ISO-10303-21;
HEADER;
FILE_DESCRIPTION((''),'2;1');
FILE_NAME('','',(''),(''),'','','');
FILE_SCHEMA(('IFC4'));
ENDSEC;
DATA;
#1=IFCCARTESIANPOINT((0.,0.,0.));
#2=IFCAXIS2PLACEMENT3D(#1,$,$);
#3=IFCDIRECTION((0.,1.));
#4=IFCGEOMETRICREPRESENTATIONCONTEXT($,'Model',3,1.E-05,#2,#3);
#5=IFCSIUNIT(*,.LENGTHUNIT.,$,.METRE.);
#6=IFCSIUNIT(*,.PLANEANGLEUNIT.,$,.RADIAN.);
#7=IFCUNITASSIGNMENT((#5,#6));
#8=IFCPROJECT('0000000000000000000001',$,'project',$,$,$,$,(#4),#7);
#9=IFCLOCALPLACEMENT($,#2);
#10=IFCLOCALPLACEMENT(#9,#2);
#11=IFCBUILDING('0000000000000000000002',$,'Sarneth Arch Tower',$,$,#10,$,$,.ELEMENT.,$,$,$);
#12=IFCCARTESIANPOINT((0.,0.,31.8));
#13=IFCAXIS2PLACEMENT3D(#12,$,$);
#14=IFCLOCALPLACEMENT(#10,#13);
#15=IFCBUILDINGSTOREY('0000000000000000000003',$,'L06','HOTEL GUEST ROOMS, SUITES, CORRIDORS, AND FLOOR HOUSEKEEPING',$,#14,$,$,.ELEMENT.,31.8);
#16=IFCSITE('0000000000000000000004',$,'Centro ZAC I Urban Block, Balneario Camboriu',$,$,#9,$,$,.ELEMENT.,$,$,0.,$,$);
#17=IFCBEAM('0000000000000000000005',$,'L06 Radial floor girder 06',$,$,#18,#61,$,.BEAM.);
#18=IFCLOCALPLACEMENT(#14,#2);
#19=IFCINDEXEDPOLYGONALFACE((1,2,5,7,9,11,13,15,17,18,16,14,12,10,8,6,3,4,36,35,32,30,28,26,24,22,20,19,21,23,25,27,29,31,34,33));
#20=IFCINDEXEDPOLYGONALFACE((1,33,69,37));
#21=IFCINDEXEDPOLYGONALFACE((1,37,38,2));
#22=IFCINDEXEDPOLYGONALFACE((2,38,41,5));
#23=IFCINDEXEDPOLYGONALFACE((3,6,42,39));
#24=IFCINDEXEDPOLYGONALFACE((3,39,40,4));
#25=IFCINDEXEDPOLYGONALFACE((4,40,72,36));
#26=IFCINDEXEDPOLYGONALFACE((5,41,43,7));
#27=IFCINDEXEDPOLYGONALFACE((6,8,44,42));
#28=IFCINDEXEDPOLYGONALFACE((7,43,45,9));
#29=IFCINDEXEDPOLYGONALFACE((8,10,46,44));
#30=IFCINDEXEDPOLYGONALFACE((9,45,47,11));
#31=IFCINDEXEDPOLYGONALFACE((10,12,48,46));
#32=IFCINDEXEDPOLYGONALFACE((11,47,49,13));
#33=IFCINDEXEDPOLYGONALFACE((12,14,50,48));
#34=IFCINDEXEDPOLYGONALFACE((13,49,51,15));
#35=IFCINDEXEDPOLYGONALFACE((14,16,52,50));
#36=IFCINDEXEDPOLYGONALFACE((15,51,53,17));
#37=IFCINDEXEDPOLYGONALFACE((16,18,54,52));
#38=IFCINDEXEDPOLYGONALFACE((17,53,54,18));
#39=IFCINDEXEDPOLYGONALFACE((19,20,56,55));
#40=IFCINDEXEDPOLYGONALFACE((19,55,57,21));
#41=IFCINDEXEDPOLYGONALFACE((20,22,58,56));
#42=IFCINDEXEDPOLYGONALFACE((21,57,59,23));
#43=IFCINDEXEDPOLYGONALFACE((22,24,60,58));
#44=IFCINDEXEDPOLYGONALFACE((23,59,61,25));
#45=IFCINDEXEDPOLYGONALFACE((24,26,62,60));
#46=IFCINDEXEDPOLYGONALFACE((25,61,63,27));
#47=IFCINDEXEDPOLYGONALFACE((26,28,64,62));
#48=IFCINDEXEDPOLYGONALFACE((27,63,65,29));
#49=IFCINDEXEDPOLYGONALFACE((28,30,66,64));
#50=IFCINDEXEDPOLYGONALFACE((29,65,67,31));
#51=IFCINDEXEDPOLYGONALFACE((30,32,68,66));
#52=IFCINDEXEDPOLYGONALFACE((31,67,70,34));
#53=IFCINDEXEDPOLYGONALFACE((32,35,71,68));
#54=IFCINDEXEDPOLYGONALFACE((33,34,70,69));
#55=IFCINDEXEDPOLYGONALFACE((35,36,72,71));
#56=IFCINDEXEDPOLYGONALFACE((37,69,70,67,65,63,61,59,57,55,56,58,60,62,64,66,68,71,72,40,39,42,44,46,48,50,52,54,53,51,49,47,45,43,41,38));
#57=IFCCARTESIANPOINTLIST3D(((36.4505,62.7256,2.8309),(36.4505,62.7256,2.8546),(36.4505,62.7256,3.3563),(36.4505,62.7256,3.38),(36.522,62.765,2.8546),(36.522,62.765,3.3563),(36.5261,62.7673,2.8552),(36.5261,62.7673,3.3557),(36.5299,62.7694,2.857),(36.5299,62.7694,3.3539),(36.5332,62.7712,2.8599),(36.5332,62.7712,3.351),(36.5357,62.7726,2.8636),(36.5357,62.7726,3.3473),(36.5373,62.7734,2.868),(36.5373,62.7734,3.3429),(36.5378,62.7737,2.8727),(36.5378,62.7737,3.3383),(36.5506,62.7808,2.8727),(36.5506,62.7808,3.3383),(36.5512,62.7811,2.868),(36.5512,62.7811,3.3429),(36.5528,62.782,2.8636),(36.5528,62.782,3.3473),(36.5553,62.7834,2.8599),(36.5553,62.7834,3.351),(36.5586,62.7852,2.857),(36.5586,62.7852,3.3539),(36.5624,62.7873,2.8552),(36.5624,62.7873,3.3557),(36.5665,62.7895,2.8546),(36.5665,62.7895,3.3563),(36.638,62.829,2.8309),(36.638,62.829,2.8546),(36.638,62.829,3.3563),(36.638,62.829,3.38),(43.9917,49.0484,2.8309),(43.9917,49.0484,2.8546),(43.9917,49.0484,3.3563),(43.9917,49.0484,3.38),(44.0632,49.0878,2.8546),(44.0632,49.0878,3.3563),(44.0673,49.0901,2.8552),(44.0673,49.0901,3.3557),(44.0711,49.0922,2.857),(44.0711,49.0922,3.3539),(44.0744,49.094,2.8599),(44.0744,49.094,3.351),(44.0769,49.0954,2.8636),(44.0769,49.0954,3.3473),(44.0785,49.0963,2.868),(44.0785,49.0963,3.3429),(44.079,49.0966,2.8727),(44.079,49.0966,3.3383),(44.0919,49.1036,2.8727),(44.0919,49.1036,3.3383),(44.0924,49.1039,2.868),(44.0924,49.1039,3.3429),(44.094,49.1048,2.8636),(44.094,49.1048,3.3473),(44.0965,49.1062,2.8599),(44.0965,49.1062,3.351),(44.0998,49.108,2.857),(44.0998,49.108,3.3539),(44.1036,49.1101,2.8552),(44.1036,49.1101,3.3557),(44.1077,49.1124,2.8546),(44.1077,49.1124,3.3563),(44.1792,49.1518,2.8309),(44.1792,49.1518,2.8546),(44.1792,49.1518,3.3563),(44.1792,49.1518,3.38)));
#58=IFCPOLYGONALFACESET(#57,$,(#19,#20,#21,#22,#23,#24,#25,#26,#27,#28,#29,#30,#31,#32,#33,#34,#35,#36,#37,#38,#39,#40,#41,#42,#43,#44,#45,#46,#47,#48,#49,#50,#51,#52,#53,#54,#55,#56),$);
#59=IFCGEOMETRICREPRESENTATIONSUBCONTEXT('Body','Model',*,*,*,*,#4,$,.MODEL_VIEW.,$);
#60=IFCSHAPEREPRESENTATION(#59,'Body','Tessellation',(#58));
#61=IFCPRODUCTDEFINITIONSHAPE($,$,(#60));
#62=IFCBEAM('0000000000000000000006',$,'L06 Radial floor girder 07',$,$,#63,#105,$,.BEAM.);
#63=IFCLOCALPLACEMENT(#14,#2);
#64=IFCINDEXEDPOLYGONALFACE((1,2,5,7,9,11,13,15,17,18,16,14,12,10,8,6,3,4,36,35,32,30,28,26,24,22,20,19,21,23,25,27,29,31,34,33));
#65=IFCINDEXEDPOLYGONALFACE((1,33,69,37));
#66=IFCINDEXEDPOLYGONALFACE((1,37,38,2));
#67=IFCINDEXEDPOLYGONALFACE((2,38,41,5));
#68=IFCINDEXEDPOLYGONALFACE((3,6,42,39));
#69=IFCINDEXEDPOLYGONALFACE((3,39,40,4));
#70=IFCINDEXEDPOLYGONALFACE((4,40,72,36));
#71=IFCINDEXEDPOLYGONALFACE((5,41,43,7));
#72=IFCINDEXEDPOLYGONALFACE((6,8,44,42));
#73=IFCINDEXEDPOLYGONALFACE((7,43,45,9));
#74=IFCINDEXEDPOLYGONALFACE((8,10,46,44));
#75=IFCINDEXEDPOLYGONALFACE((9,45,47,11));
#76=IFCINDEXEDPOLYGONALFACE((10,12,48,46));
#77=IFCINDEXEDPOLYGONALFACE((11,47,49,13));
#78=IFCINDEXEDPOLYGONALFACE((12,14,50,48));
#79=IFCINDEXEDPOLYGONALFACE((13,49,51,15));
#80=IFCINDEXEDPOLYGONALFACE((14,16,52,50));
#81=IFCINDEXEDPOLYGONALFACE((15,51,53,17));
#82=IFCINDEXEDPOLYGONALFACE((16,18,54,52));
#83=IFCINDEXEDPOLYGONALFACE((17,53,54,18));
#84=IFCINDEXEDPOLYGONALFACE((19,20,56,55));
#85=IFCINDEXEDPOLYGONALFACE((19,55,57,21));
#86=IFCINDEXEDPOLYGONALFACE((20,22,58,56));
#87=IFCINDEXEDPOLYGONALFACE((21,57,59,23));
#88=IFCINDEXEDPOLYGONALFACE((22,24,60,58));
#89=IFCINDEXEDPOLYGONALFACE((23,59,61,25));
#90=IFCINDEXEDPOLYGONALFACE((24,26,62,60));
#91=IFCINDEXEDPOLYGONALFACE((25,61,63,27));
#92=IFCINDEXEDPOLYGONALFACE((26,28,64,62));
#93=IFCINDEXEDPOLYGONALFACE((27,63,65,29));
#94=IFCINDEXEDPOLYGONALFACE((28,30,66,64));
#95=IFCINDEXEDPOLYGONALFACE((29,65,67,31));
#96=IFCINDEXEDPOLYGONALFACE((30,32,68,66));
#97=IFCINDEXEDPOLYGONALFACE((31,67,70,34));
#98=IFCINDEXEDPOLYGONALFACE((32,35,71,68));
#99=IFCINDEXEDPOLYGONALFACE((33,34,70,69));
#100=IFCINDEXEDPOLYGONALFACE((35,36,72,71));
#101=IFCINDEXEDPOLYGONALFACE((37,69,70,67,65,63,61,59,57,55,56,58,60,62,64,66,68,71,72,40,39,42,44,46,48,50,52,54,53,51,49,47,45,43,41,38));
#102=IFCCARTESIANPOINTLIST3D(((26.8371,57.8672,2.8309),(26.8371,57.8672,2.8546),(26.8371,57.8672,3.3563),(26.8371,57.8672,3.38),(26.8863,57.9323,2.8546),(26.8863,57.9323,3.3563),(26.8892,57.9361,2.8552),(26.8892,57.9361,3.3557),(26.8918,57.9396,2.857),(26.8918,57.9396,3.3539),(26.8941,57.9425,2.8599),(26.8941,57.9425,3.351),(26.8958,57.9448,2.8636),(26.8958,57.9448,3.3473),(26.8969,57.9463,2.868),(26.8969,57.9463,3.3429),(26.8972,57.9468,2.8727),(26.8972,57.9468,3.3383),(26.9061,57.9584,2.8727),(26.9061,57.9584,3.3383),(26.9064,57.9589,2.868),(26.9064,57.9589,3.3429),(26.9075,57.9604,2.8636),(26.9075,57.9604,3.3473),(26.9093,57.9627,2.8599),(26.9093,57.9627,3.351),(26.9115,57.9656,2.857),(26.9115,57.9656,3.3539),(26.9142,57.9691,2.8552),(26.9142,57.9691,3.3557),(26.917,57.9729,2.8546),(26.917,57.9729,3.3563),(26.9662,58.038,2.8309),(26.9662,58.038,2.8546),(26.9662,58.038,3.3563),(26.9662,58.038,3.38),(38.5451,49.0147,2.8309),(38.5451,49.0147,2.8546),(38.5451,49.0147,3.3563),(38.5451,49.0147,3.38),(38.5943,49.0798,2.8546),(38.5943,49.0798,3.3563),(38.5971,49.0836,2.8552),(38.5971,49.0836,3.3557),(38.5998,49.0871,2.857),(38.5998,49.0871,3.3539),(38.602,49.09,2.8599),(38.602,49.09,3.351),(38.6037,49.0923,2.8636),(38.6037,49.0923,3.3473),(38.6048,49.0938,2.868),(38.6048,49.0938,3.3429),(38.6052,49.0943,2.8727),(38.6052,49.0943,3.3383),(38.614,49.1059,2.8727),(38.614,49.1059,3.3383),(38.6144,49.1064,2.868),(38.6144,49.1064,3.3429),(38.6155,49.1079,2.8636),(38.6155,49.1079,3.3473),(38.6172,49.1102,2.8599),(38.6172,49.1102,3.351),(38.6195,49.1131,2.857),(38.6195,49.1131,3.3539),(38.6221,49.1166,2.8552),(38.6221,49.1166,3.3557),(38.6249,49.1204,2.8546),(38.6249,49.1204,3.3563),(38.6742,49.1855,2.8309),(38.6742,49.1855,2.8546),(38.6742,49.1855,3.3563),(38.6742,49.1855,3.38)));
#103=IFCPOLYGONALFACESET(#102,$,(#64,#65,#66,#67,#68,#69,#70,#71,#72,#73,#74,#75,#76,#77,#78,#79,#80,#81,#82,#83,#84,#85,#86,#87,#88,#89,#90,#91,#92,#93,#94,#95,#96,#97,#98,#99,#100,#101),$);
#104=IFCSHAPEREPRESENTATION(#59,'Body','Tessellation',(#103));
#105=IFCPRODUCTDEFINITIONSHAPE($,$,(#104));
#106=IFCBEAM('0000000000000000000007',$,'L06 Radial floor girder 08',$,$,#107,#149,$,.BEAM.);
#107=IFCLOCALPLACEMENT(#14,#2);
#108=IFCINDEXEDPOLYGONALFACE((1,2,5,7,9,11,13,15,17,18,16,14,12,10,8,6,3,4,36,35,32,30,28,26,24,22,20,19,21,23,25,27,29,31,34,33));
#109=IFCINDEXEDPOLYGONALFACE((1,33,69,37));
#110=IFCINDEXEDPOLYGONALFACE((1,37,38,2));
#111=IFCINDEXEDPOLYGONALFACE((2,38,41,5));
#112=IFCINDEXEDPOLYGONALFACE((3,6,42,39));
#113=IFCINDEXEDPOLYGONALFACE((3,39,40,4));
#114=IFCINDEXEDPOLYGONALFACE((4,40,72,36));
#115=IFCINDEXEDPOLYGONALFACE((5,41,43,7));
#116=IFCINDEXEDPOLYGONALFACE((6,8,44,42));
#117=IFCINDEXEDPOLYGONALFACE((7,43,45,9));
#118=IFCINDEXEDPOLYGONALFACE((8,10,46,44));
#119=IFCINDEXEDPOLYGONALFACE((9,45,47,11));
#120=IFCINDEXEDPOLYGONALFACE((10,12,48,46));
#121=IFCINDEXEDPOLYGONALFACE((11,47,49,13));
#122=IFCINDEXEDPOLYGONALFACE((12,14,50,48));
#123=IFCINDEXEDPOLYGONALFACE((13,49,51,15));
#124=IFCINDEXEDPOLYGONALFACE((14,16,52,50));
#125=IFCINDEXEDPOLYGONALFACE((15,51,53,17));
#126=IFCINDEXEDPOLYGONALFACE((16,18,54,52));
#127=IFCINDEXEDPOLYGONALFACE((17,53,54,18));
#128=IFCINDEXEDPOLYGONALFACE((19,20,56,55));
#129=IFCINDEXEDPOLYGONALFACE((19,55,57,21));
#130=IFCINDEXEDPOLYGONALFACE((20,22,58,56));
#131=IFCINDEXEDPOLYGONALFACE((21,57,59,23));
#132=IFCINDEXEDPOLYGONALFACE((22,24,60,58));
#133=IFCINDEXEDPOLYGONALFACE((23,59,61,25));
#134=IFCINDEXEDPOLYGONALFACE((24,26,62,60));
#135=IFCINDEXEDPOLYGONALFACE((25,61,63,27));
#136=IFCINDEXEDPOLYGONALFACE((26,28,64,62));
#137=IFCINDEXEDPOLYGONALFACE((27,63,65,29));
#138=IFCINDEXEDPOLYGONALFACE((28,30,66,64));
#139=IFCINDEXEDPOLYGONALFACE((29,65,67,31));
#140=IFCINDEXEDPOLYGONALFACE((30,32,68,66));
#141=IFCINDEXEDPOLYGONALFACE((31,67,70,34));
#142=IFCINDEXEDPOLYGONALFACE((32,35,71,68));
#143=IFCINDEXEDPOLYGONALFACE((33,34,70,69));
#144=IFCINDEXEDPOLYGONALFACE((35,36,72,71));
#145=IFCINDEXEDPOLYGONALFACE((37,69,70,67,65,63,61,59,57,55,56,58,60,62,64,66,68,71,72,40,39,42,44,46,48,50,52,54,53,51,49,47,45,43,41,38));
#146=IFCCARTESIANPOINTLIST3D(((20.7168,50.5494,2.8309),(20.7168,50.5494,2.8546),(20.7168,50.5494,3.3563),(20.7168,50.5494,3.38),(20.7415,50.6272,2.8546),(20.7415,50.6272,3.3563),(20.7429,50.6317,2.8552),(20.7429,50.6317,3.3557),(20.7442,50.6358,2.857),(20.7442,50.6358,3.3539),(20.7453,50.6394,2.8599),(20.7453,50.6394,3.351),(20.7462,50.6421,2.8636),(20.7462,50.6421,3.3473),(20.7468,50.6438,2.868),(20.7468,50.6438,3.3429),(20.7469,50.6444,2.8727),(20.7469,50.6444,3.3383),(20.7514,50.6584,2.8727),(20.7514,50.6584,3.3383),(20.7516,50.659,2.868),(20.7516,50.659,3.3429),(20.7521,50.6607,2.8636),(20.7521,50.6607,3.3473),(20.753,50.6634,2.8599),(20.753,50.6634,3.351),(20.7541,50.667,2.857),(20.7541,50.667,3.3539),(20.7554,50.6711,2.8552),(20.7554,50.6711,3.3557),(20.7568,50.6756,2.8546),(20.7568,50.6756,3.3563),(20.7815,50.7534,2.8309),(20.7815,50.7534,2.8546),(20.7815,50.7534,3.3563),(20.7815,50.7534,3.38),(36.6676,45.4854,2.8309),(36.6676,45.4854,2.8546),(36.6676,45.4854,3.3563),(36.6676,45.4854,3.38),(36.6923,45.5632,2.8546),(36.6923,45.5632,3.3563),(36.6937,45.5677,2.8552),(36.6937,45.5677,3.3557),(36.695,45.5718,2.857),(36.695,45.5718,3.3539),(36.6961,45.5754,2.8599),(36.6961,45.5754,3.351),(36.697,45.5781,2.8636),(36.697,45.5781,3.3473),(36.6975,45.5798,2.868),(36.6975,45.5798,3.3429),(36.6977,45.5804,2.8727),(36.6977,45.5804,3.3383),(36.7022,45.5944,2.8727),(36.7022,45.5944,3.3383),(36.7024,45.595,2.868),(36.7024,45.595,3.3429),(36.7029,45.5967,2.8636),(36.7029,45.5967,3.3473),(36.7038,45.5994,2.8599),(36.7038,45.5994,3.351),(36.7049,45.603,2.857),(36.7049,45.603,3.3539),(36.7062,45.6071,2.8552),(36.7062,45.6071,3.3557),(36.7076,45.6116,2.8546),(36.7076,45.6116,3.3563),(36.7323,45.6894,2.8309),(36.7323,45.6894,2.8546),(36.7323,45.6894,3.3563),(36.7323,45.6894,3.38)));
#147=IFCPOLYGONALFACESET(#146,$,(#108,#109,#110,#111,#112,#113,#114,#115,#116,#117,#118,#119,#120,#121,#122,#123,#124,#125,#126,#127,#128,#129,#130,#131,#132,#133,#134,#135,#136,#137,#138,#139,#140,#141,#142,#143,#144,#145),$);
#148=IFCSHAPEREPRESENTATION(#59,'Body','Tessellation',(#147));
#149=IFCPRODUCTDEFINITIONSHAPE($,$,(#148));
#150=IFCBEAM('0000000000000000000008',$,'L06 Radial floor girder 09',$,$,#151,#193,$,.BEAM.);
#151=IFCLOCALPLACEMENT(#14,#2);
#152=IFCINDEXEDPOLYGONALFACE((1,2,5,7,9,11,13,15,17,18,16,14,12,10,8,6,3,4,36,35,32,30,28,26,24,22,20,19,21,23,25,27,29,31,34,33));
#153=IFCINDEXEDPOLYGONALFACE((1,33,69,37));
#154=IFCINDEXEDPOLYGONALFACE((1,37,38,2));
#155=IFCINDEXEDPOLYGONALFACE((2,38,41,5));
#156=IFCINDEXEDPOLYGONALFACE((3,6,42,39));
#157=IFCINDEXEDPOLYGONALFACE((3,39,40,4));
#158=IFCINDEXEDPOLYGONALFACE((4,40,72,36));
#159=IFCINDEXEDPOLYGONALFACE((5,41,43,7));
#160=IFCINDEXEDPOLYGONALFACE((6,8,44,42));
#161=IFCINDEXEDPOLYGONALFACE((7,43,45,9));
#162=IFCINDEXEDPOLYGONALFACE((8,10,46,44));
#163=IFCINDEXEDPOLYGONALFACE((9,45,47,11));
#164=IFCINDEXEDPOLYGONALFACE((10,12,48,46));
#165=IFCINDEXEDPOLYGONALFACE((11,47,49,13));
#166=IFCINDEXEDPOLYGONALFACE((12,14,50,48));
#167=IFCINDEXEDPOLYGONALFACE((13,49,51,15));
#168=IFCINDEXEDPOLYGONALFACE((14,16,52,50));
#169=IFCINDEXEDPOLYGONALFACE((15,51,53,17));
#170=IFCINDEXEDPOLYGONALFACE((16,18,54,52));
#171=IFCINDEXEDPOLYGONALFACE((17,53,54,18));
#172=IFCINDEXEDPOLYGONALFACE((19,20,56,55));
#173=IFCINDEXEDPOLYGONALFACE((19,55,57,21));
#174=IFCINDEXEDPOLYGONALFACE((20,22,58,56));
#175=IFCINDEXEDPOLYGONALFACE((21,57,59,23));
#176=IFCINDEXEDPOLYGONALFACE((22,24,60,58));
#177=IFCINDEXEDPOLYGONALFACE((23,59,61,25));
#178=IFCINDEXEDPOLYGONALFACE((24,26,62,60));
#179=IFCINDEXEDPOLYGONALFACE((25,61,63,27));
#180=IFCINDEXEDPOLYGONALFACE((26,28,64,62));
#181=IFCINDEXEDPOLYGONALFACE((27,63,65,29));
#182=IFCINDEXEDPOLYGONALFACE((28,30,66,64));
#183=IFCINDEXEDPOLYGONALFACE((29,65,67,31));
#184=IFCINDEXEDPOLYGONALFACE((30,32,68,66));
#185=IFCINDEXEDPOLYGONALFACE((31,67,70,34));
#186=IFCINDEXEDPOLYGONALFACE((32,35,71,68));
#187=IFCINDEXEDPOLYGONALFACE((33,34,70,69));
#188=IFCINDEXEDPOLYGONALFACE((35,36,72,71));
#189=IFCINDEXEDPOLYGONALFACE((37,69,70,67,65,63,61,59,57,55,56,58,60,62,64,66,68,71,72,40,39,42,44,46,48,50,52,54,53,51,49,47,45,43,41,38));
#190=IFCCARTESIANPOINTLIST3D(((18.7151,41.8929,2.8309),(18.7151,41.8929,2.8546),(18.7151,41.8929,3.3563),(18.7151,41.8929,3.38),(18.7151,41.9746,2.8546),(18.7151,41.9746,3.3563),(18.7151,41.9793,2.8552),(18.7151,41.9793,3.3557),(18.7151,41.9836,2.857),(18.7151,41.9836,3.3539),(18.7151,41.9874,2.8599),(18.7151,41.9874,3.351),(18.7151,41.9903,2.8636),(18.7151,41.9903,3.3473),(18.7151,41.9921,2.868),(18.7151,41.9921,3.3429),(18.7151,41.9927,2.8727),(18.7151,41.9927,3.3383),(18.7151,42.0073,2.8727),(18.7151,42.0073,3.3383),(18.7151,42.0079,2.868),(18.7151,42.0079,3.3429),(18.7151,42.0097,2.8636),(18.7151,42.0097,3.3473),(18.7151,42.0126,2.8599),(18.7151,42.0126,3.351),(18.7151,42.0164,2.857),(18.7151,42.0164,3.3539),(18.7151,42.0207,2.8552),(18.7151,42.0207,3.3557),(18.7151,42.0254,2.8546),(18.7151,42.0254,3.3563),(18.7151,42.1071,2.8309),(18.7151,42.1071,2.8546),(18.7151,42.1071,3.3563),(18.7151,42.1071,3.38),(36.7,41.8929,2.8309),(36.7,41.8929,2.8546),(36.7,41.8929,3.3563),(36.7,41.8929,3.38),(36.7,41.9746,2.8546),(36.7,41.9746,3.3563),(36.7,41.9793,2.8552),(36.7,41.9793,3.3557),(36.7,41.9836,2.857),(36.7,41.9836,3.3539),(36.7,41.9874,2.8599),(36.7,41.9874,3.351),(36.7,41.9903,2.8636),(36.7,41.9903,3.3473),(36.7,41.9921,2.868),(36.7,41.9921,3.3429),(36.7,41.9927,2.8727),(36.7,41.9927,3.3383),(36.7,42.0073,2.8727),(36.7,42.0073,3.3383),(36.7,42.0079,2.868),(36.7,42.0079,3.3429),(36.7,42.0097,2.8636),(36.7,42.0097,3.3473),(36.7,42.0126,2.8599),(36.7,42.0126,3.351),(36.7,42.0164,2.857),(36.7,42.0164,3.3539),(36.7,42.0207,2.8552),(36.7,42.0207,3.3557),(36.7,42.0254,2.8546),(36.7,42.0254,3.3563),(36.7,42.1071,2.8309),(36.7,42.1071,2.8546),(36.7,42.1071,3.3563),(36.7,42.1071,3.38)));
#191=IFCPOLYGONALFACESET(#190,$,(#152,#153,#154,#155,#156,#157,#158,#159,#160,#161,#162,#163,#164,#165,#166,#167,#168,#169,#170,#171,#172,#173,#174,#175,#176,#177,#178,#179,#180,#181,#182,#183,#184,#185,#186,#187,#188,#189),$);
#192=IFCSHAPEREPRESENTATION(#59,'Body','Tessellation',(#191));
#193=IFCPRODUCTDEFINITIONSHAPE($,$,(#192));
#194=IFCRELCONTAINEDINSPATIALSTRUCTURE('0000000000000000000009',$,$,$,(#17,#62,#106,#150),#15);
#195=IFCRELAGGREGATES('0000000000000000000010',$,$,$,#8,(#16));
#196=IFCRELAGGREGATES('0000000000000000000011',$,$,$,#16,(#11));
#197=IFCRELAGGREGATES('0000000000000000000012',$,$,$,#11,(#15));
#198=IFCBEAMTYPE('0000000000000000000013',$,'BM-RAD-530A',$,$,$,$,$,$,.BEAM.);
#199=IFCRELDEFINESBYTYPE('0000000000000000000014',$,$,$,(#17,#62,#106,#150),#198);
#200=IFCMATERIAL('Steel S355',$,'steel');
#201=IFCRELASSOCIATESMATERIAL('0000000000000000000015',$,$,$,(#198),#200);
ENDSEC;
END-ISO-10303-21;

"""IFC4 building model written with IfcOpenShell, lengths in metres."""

from ifc_helpers import new_model, si_unit, direction, frame, origin, origin_2d, place, context, subcontext, project, spatial, i_section, extrude, material, material_profile, profile_set, type_object, element, save


model = new_model("IFC4")

# Units and contexts
model_context = context("Model", 3, precision=1e-05, world=origin(), true_north=direction((0.0, 1.0)))
body_context = subcontext(model_context, "Body", "Model", "MODEL_VIEW")
ifc_project = project(units=[si_unit("LENGTHUNIT", "METRE"), si_unit("PLANEANGLEUNIT", "RADIAN")], contexts=[model_context])

# Site, building, storey
site_placement = place(None, origin())
site = spatial("IfcSite", under=ifc_project, at=site_placement, Name="Centro ZAC I Urban Block, Balneario Camboriu", CompositionType="ELEMENT", RefElevation=0.0)
building_placement = place(site_placement, origin())
building = spatial("IfcBuilding", under=site, at=building_placement, Name="Sarneth Arch Tower", CompositionType="ELEMENT")
storey_placement = place(building_placement, frame((0.0, 0.0, 31.8)))
storey = spatial("IfcBuildingStorey", under=building, at=storey_placement, Name="L06", Description="HOTEL GUEST ROOMS, SUITES, CORRIDORS, AND FLOOR HOUSEKEEPING", CompositionType="ELEMENT", Elevation=31.8)

# Beams
ifc_material_1 = material(Name="Steel S355", Category="steel")
ifc_material_profile = material_profile(ifc_material_1, i_section(OverallWidth=0.2141, OverallDepth=0.5491, WebThickness=0.0146, FlangeThickness=0.0237, FilletRadius=0.0181, at=origin_2d()), Name="W530x138")
ifc_profile_set = profile_set([ifc_material_profile], Name="Steel S355")
beam_type = type_object("IfcBeamType", Name="BM-RAD-530A", PredefinedType="BEAM", material=ifc_profile_set)
beam_1_placement = place(storey_placement, frame((44.0854, 49.1001, 3.1055), z_axis=(-0.482841, 0.875708, 0.0), x_axis=(-0.875708, -0.482841, 0.0)))
element("IfcBeam", 1, at=beam_1_placement, inside=storey, type_object=beam_type, Name="L06 Radial floor girder 06", PredefinedType="BEAM", context=body_context, shape_type="SweptSolid", body=[
    extrude(i_section(OverallWidth=0.2141, OverallDepth=0.5491, WebThickness=0.0146, FlangeThickness=0.0237, FilletRadius=0.0181, at=origin_2d()), origin(), (0.0, 0.0, 1.0), 15.6184),
])
beam_2_placement = place(storey_placement, frame((38.6096, 49.1001, 3.1055), z_axis=(-0.797655, 0.603114, 0.0), x_axis=(-0.603114, -0.797655, 0.0)))
element("IfcBeam", 2, at=beam_2_placement, inside=storey, type_object=beam_type, Name="L06 Radial floor girder 07", PredefinedType="BEAM", context=body_context, shape_type="SweptSolid", body=[
    extrude(i_section(OverallWidth=0.2141, OverallDepth=0.5491, WebThickness=0.0146, FlangeThickness=0.0237, FilletRadius=0.0181, at=origin_2d()), origin(), (0.0, 0.0, 1.0), 14.678),
])
beam_3_placement = place(storey_placement, frame((36.7, 45.5874, 3.1055), z_axis=(-0.95312, 0.302593, 0.0), x_axis=(-0.302593, -0.95312, 0.0)))
element("IfcBeam", 3, at=beam_3_placement, inside=storey, type_object=beam_type, Name="L06 Radial floor girder 08", PredefinedType="BEAM", context=body_context, shape_type="SweptSolid", body=[
    extrude(i_section(OverallWidth=0.2141, OverallDepth=0.5491, WebThickness=0.0146, FlangeThickness=0.0237, FilletRadius=0.0181, at=origin_2d()), origin(), (0.0, 0.0, 1.0), 16.7354),
])
beam_4_placement = place(storey_placement, frame((36.7, 42.0, 3.1055), z_axis=(-1.0, 0.0, 0.0), x_axis=(0.0, -1.0, 0.0)))
element("IfcBeam", 4, at=beam_4_placement, inside=storey, type_object=beam_type, Name="L06 Radial floor girder 09", PredefinedType="BEAM", context=body_context, shape_type="SweptSolid", body=[
    extrude(i_section(OverallWidth=0.2141, OverallDepth=0.5491, WebThickness=0.0146, FlangeThickness=0.0237, FilletRadius=0.0181, at=origin_2d()), origin(), (0.0, 0.0, 1.0), 17.9849),
])

save(model, "model.ifc")
